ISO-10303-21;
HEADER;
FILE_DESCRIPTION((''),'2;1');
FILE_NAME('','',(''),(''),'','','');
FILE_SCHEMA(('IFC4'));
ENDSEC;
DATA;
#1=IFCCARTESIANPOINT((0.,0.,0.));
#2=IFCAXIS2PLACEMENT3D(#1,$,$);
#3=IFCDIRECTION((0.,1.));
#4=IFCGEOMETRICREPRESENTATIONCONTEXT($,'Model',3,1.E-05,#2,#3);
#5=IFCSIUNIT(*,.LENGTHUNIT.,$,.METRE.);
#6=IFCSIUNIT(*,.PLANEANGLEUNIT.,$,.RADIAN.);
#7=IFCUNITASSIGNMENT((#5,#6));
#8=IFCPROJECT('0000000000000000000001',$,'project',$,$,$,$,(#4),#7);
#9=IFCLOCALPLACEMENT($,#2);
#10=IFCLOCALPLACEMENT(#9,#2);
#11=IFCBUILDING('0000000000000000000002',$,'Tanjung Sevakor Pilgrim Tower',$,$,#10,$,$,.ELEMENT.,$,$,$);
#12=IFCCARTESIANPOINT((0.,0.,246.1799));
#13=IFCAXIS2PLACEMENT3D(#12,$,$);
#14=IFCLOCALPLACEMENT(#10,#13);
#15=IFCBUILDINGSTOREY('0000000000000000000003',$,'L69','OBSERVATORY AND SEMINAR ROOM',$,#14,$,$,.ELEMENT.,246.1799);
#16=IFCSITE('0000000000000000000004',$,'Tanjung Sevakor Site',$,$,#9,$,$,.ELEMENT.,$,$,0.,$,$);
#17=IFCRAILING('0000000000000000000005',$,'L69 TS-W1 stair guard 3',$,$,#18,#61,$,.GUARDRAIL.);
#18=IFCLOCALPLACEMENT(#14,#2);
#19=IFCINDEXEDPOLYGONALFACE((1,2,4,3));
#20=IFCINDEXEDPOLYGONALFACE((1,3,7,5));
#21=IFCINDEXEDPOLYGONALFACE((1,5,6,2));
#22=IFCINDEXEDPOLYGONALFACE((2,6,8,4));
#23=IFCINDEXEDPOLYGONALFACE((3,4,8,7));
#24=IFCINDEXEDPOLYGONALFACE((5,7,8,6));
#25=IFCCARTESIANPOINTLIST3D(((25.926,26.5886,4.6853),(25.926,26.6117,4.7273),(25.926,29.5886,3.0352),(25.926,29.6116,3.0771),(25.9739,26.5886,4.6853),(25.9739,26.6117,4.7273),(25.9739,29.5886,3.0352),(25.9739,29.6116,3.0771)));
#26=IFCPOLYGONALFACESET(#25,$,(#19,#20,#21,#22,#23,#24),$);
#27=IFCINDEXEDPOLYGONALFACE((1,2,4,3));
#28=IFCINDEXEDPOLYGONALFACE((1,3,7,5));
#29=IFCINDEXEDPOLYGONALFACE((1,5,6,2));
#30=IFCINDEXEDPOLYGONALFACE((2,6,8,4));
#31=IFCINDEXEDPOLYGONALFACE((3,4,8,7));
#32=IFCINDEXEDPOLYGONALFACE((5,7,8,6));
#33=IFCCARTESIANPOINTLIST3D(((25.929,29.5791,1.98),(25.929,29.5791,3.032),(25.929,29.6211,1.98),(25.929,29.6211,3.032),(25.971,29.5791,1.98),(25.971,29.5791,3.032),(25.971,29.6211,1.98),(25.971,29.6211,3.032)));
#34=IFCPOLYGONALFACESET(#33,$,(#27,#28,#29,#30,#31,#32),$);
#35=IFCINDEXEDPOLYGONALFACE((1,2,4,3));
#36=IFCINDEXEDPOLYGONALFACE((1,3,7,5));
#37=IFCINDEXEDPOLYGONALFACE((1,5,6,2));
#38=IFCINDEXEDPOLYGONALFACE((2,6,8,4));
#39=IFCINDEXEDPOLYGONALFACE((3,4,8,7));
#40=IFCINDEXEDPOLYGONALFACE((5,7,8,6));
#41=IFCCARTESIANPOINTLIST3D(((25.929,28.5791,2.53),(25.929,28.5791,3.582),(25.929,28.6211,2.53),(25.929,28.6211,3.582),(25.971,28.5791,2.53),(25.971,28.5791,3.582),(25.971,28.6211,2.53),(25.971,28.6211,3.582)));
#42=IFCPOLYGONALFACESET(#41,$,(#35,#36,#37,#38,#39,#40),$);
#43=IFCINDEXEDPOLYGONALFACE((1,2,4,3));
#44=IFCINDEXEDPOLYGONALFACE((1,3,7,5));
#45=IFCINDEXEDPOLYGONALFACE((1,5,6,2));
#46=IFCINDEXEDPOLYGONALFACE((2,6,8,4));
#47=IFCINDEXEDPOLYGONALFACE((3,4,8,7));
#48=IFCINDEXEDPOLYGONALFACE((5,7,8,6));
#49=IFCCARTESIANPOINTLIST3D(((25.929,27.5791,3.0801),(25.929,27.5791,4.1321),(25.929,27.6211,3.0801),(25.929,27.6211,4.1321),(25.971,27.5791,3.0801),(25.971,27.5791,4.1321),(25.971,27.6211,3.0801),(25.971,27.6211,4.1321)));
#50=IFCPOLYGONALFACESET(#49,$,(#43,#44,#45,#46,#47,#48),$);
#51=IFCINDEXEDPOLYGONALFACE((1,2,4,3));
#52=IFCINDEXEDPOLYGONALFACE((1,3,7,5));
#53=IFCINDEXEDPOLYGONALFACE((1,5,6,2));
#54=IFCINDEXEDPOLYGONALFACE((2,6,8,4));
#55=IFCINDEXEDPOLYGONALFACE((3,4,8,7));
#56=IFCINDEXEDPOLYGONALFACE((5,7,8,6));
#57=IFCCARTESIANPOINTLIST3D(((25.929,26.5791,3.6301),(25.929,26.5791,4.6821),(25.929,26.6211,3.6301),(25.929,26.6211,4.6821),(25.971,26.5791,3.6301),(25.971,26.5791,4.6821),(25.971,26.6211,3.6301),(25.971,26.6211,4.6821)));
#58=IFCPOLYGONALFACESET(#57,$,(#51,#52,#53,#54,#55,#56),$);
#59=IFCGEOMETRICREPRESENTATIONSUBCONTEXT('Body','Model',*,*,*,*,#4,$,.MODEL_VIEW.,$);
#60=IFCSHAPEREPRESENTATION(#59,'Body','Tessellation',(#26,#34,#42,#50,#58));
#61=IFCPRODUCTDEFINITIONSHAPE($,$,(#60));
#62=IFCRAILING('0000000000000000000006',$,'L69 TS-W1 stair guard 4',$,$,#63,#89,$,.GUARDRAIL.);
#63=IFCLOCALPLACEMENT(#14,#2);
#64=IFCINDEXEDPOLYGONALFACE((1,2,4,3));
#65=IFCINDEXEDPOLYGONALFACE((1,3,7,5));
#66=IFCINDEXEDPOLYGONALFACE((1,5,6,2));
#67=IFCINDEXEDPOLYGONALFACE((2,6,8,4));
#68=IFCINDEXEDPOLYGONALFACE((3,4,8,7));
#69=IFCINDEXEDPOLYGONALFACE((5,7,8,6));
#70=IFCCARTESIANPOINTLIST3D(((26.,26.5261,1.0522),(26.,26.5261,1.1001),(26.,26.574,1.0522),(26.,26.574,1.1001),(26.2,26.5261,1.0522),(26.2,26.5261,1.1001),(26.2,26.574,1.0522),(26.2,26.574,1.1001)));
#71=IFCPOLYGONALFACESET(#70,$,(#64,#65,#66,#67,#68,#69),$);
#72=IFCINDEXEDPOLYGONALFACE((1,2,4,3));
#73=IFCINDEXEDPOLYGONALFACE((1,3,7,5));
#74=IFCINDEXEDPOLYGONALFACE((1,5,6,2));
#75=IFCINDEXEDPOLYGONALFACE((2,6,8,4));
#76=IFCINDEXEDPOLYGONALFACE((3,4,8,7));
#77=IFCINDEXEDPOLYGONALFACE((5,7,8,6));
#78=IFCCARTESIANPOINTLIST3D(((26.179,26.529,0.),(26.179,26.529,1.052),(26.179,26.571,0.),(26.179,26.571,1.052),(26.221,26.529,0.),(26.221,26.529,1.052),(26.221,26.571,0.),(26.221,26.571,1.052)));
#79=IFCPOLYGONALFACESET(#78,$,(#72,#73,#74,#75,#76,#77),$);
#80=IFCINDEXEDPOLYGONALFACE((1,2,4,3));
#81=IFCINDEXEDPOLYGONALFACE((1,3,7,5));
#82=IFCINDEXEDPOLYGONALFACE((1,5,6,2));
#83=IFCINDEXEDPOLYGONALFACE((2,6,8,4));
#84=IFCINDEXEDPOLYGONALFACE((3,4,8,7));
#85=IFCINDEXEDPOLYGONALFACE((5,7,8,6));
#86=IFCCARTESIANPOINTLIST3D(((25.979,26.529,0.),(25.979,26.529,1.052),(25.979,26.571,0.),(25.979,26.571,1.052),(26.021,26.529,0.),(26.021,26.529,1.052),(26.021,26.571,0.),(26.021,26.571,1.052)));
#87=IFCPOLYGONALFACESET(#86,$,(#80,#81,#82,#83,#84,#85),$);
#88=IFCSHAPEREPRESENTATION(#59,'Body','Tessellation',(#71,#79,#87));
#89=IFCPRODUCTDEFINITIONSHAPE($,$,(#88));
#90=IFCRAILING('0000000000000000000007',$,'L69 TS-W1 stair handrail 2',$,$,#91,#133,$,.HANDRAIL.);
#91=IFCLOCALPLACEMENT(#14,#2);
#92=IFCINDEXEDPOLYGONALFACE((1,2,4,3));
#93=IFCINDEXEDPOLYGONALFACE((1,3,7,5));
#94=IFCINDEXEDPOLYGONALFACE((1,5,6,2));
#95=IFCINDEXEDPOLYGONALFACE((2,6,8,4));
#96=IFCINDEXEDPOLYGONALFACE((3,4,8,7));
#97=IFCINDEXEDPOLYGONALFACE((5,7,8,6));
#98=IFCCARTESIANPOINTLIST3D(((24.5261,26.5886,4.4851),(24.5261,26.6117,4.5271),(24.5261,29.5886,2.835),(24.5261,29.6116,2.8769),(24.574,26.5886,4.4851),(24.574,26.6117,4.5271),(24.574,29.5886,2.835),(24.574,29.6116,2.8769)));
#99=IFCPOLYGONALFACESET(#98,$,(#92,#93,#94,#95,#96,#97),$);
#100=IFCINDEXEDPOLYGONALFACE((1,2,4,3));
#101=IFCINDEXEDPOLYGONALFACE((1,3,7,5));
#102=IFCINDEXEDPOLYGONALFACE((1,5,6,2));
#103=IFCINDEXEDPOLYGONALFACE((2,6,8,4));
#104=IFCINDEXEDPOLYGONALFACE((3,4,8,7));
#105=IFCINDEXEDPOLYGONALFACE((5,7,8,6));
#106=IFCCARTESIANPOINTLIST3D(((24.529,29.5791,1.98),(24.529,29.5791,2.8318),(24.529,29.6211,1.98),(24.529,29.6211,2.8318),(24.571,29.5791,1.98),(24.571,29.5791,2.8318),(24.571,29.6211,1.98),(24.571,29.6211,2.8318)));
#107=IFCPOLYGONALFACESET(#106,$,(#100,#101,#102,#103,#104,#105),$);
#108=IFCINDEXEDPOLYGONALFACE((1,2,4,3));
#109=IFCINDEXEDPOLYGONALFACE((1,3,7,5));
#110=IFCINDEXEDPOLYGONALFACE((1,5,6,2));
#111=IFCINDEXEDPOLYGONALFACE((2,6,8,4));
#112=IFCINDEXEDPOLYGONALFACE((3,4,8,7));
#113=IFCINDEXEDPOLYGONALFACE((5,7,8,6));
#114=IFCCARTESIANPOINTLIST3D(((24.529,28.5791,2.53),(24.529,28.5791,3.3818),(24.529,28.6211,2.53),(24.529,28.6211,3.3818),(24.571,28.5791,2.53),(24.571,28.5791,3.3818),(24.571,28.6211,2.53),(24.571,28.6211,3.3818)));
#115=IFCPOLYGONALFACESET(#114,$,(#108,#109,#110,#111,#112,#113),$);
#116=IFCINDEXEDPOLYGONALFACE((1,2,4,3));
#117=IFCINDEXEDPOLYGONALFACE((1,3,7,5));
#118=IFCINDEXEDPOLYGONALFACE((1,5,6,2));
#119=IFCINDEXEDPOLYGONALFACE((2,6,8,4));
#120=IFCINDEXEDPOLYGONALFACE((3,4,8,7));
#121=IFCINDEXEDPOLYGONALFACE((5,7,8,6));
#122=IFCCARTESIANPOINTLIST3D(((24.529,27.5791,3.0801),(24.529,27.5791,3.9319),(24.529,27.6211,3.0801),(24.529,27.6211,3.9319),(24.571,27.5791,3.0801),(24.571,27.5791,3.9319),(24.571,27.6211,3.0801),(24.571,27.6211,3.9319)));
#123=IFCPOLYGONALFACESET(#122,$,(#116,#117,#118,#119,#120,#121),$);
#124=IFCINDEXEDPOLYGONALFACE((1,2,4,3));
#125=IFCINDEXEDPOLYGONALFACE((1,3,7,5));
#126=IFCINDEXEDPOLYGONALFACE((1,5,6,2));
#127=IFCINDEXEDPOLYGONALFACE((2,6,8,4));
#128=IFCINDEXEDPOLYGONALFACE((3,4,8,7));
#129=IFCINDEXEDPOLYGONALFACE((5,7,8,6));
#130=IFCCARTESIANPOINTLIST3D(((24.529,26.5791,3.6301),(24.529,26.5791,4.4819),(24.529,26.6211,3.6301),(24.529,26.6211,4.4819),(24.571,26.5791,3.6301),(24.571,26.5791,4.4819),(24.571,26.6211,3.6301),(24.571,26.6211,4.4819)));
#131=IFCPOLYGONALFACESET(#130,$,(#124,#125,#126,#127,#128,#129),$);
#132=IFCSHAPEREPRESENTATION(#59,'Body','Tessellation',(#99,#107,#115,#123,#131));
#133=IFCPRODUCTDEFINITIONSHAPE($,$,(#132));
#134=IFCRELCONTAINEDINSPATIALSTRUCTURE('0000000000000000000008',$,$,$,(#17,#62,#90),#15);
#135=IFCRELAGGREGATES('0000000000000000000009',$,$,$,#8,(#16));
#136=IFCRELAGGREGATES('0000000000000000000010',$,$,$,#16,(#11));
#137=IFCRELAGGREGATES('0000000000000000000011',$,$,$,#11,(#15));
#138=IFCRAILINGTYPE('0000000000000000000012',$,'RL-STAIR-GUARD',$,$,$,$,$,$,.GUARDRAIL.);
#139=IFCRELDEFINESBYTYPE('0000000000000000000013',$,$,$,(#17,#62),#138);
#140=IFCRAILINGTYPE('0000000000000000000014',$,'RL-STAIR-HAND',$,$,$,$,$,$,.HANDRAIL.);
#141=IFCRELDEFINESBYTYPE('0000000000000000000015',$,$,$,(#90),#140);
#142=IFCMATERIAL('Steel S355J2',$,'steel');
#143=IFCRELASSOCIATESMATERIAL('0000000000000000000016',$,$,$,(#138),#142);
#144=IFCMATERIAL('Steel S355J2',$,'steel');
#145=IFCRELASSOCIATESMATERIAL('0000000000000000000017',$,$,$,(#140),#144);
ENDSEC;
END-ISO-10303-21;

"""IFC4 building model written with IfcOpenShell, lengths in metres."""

from ifc_helpers import new_model, si_unit, direction, frame, origin, place, context, subcontext, project, spatial, rectangle, extrude, material, type_object, element, save


model = new_model("IFC4")

# Units and contexts
model_context = context("Model", 3, precision=1e-05, world=origin(), true_north=direction((0.0, 1.0)))
body_context = subcontext(model_context, "Body", "Model", "MODEL_VIEW")
ifc_project = project(units=[si_unit("LENGTHUNIT", "METRE"), si_unit("PLANEANGLEUNIT", "RADIAN")], contexts=[model_context])

# Site, building, storey
site_placement = place(None, origin())
site = spatial("IfcSite", under=ifc_project, at=site_placement, Name="Tanjung Sevakor Site", CompositionType="ELEMENT", RefElevation=0.0)
building_placement = place(site_placement, origin())
building = spatial("IfcBuilding", under=site, at=building_placement, Name="Tanjung Sevakor Pilgrim Tower", CompositionType="ELEMENT")
storey_placement = place(building_placement, frame((0.0, 0.0, 246.1799)))
storey = spatial("IfcBuildingStorey", under=building, at=storey_placement, Name="L69", Description="OBSERVATORY AND SEMINAR ROOM", CompositionType="ELEMENT", Elevation=246.1799)

# Railings
ifc_material_1 = material(Name="Steel S355J2", Category="steel")
railing_type_1 = type_object("IfcRailingType", Name="RL-STAIR-GUARD", PredefinedType="GUARDRAIL", material=ifc_material_1)
railing_1_placement = place(storey_placement, frame((25.95, 29.6001, 1.98)))
element("IfcRailing", 1, at=railing_1_placement, inside=storey, type_object=railing_type_1, Name="L69 TS-W1 stair guard 3", PredefinedType="GUARDRAIL", context=body_context, shape_type="SweptSolid", body=[
    extrude(rectangle(XDim=0.0479, YDim=0.0479), frame((0.0, 0.0, 1.0762), z_axis=(0.0, -0.876198, 0.481952), x_axis=(1.0, 0.0, 0.0)), (0.0, 0.0, 1.0), 3.4238),
    extrude(rectangle(XDim=0.042, YDim=0.042), origin(), (0.0, 0.0, 1.0), 1.052),
    extrude(rectangle(XDim=0.042, YDim=0.042), frame((0.0, -1.0, 0.55)), (0.0, 0.0, 1.0), 1.052),
    extrude(rectangle(XDim=0.042, YDim=0.042), frame((0.0, -2.0, 1.1001)), (0.0, 0.0, 1.0), 1.052),
    extrude(rectangle(XDim=0.042, YDim=0.042), frame((0.0, -3.0, 1.6501)), (0.0, 0.0, 1.0), 1.052),
])
railing_2_placement = place(storey_placement, frame((26.2, 26.55, 0.0)))
element("IfcRailing", 2, at=railing_2_placement, inside=storey, type_object=railing_type_1, Name="L69 TS-W1 stair guard 4", PredefinedType="GUARDRAIL", context=body_context, shape_type="SweptSolid", body=[
    extrude(rectangle(XDim=0.0479, YDim=0.0479), frame((0.0, 0.0, 1.0762), z_axis=(-1.0, 0.0, 0.0), x_axis=(0.0, -1.0, 0.0)), (0.0, 0.0, 1.0), 0.2),
    extrude(rectangle(XDim=0.042, YDim=0.042), origin(), (0.0, 0.0, 1.0), 1.052),
    extrude(rectangle(XDim=0.042, YDim=0.042), frame((-0.2, 0.0, 0.0)), (0.0, 0.0, 1.0), 1.052),
])
ifc_material_2 = material(Name="Steel S355J2", Category="steel")
railing_type_2 = type_object("IfcRailingType", Name="RL-STAIR-HAND", PredefinedType="HANDRAIL", material=ifc_material_2)
railing_3_placement = place(storey_placement, frame((24.55, 29.6001, 1.98)))
element("IfcRailing", 3, at=railing_3_placement, inside=storey, type_object=railing_type_2, Name="L69 TS-W1 stair handrail 2", PredefinedType="HANDRAIL", context=body_context, shape_type="SweptSolid", body=[
    extrude(rectangle(XDim=0.0479, YDim=0.0479), frame((0.0, 0.0, 0.876), z_axis=(0.0, -0.876198, 0.481952), x_axis=(1.0, 0.0, 0.0)), (0.0, 0.0, 1.0), 3.4238),
    extrude(rectangle(XDim=0.042, YDim=0.042), origin(), (0.0, 0.0, 1.0), 0.8518),
    extrude(rectangle(XDim=0.042, YDim=0.042), frame((0.0, -1.0, 0.55)), (0.0, 0.0, 1.0), 0.8518),
    extrude(rectangle(XDim=0.042, YDim=0.042), frame((0.0, -2.0, 1.1001)), (0.0, 0.0, 1.0), 0.8518),
    extrude(rectangle(XDim=0.042, YDim=0.042), frame((0.0, -3.0, 1.6501)), (0.0, 0.0, 1.0), 0.8518),
])

save(model, "model.ifc")
